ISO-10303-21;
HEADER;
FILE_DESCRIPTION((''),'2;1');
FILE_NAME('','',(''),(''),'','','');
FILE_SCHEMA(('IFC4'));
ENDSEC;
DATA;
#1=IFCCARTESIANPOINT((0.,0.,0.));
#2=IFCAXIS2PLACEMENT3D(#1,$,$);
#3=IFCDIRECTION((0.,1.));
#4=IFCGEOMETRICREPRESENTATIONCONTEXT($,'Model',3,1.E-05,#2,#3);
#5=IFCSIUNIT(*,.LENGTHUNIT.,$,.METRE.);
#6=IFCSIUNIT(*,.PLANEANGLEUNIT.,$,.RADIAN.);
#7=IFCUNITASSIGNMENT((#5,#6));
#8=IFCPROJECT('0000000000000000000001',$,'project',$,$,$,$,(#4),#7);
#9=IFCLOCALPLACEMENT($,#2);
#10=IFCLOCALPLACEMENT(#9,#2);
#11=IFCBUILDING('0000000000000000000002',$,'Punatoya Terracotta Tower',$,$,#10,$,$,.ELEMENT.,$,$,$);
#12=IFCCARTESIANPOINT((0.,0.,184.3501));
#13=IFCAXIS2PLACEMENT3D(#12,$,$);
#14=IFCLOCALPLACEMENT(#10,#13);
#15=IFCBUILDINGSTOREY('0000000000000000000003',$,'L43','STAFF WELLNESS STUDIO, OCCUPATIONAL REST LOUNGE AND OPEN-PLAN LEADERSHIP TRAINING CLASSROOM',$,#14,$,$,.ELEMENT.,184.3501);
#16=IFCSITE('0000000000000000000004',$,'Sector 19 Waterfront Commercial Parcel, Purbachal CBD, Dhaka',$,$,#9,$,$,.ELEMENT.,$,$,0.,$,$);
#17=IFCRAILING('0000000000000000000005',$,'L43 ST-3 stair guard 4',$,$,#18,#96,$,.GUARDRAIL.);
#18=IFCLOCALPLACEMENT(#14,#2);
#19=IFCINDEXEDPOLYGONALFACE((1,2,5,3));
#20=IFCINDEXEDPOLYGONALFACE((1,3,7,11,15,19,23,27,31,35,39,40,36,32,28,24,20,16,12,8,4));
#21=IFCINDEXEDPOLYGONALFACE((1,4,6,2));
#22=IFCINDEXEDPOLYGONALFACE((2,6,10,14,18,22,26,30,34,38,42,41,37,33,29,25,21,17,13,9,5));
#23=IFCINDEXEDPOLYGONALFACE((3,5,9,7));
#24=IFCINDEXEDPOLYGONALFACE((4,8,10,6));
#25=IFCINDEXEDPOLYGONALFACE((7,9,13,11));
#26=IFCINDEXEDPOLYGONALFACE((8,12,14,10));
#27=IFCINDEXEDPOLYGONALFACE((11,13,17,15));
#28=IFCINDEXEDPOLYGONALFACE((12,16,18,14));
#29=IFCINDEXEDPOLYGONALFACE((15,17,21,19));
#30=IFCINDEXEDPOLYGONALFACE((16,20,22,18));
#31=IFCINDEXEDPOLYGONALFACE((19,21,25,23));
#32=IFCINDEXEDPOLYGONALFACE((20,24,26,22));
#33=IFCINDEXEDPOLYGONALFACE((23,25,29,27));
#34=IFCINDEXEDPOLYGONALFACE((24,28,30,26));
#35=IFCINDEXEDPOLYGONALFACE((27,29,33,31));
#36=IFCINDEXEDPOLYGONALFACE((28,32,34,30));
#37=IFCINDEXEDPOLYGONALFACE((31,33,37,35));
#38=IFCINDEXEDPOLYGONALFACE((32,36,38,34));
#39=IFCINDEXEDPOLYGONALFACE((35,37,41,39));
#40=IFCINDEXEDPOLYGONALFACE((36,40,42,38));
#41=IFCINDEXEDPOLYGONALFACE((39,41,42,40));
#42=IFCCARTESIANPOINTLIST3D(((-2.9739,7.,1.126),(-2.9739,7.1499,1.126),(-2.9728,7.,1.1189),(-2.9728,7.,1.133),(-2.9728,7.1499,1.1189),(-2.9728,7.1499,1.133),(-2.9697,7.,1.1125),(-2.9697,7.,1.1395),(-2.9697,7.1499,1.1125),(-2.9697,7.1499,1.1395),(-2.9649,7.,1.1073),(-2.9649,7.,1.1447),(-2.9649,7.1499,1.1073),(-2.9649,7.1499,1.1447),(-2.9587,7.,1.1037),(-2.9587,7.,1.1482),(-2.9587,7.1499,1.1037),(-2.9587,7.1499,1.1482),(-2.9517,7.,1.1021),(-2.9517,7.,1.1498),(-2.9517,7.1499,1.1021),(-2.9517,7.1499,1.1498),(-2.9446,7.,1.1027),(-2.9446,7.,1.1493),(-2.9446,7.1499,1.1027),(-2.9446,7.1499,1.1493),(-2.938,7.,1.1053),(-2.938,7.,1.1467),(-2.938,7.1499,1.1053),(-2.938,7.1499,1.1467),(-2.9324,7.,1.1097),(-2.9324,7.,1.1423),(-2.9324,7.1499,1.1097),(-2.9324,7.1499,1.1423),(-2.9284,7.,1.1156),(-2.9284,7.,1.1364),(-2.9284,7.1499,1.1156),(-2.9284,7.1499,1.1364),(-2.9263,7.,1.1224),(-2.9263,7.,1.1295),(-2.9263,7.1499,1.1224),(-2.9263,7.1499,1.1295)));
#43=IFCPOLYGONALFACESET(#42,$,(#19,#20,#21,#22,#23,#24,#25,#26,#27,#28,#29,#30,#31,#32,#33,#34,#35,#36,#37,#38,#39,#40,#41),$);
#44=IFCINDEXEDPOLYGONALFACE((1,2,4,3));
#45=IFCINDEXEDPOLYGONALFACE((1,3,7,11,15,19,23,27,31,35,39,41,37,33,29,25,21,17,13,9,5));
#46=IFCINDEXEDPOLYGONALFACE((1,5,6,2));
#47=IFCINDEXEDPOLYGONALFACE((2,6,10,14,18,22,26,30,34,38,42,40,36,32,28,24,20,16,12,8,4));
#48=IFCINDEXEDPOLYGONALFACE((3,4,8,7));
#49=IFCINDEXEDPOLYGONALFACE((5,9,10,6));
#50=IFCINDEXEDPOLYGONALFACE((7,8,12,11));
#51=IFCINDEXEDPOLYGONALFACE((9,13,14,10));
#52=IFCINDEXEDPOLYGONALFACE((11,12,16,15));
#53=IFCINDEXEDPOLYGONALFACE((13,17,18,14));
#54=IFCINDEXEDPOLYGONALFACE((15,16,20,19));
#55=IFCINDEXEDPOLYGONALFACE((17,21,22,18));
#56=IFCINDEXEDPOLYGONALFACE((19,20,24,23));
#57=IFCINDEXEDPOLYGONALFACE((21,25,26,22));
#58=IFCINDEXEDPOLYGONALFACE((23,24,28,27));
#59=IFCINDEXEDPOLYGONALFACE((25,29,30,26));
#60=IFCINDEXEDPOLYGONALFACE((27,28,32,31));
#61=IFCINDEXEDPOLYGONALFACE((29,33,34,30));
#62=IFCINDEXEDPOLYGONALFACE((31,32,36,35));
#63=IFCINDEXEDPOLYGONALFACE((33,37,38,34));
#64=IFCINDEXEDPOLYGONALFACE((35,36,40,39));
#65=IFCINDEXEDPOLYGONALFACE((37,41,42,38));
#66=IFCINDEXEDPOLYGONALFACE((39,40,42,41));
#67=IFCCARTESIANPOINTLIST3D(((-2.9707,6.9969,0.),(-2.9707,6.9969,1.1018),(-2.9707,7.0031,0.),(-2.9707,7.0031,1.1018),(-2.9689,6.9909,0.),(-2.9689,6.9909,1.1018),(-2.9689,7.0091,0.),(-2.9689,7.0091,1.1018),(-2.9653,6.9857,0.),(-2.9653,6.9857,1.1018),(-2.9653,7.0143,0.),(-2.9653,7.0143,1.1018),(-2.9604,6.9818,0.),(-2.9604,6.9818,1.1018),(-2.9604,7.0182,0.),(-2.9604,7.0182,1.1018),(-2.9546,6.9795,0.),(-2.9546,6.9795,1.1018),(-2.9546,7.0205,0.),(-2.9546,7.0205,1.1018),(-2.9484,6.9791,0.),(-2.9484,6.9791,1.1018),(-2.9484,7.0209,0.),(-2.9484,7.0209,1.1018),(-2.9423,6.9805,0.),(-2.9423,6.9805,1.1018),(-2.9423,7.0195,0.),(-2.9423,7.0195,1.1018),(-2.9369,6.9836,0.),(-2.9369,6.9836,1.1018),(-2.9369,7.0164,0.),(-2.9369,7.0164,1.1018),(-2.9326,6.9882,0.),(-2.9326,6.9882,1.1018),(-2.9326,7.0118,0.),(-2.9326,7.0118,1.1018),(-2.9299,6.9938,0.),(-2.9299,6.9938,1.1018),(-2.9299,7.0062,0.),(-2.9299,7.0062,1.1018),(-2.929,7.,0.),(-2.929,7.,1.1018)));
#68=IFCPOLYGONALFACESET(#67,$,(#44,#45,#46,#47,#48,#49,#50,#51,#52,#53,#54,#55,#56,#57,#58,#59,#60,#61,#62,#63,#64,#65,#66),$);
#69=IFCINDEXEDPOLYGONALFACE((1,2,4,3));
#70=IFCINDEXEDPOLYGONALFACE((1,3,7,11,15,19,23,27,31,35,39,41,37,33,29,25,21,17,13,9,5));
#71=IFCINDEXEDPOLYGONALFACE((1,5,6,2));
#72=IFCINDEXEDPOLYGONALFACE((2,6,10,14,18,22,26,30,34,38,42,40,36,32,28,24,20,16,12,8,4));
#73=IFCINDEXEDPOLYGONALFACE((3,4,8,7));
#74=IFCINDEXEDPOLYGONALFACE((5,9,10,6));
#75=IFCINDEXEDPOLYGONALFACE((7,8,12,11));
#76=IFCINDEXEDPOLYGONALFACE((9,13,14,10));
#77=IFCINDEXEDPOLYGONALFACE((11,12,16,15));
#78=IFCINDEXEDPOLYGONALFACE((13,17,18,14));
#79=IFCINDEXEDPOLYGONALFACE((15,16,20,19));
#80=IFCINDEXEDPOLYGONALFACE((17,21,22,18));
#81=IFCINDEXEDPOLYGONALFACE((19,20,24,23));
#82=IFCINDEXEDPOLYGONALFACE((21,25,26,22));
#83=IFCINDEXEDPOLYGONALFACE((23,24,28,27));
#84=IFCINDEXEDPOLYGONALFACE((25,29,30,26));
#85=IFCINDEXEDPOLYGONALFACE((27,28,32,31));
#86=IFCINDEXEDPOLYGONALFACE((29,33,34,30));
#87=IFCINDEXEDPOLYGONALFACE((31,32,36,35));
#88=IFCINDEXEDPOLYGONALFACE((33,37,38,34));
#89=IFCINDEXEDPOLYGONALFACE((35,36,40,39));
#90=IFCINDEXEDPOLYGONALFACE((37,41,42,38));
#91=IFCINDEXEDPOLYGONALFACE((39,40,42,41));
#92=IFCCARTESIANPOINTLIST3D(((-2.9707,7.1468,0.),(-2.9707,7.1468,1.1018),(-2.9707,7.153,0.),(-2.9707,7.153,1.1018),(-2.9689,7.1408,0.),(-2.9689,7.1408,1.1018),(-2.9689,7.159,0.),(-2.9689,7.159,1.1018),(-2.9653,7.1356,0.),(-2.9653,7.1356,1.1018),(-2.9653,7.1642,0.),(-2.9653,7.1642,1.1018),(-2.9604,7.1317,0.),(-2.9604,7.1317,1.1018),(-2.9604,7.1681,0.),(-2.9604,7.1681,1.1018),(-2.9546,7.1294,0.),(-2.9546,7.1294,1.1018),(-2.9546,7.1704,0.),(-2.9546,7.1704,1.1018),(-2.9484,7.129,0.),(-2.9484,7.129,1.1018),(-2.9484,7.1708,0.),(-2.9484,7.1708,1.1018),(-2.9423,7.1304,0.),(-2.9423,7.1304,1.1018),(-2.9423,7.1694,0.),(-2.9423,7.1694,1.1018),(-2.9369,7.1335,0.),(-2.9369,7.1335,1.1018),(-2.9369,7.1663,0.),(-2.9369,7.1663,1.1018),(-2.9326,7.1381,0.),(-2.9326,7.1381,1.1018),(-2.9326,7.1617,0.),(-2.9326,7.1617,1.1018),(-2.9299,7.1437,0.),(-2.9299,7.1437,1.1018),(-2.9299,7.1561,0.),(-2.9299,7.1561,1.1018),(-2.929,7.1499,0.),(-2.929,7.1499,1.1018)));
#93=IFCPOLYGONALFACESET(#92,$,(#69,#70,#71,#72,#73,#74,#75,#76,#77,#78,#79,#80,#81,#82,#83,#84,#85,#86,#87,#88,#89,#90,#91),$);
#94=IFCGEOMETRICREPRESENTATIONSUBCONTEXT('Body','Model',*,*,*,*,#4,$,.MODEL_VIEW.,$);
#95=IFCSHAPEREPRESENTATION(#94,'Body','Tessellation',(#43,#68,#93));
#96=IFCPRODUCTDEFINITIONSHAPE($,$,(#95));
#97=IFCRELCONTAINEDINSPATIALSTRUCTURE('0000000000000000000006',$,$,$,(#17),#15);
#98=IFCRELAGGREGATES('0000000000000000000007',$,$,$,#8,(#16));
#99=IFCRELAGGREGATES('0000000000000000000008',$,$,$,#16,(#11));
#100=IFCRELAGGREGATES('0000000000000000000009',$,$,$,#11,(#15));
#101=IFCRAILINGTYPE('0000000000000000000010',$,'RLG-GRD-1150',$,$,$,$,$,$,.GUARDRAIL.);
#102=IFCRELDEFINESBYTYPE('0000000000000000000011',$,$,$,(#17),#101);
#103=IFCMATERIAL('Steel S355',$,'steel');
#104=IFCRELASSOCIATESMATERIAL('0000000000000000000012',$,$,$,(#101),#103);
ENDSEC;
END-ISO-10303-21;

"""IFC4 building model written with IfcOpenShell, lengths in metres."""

from ifc_helpers import new_model, si_unit, direction, frame, origin, origin_2d, place, context, subcontext, project, spatial, circle, extrude, material, type_object, element, save


model = new_model("IFC4")

# Units and contexts
model_context = context("Model", 3, precision=1e-05, world=origin(), true_north=direction((0.0, 1.0)))
body_context = subcontext(model_context, "Body", "Model", "MODEL_VIEW")
ifc_project = project(units=[si_unit("LENGTHUNIT", "METRE"), si_unit("PLANEANGLEUNIT", "RADIAN")], contexts=[model_context])

# Site, building, storey
site_placement = place(None, origin())
site = spatial("IfcSite", under=ifc_project, at=site_placement, Name="Sector 19 Waterfront Commercial Parcel, Purbachal CBD, Dhaka", CompositionType="ELEMENT", RefElevation=0.0)
building_placement = place(site_placement, origin())
building = spatial("IfcBuilding", under=site, at=building_placement, Name="Punatoya Terracotta Tower", CompositionType="ELEMENT")
storey_placement = place(building_placement, frame((0.0, 0.0, 184.3501)))
storey = spatial("IfcBuildingStorey", under=building, at=storey_placement, Name="L43", Description="STAFF WELLNESS STUDIO, OCCUPATIONAL REST LOUNGE AND OPEN-PLAN LEADERSHIP TRAINING CLASSROOM", CompositionType="ELEMENT", Elevation=184.3501)

# Shared definitions
ifc_material_1 = material(Name="Steel S355", Category="steel")

# Railing
railing_type_1 = type_object("IfcRailingType", Name="RLG-GRD-1150", PredefinedType="GUARDRAIL", material=ifc_material_1)
railing_1_placement = place(storey_placement, frame((-2.95, 7.0, 0.0)))
element("IfcRailing", 1, at=railing_1_placement, inside=storey, type_object=railing_type_1, Name="L43 ST-3 stair guard 4", PredefinedType="GUARDRAIL", context=body_context, shape_type="SweptSolid", body=[
    extrude(circle(Radius=0.0239, at=origin_2d()), frame((0.0, 0.0, 1.126), z_axis=(0.0, 1.0, 0.0), x_axis=(-1.0, 0.0, 0.0)), (0.0, 0.0, 1.0), 0.1499),
    extrude(circle(Radius=0.021, at=origin_2d()), origin(), (0.0, 0.0, 1.0), 1.1018),
    extrude(circle(Radius=0.021, at=origin_2d()), frame((0.0, 0.1499, 0.0)), (0.0, 0.0, 1.0), 1.1018),
])

save(model, "model.ifc")
